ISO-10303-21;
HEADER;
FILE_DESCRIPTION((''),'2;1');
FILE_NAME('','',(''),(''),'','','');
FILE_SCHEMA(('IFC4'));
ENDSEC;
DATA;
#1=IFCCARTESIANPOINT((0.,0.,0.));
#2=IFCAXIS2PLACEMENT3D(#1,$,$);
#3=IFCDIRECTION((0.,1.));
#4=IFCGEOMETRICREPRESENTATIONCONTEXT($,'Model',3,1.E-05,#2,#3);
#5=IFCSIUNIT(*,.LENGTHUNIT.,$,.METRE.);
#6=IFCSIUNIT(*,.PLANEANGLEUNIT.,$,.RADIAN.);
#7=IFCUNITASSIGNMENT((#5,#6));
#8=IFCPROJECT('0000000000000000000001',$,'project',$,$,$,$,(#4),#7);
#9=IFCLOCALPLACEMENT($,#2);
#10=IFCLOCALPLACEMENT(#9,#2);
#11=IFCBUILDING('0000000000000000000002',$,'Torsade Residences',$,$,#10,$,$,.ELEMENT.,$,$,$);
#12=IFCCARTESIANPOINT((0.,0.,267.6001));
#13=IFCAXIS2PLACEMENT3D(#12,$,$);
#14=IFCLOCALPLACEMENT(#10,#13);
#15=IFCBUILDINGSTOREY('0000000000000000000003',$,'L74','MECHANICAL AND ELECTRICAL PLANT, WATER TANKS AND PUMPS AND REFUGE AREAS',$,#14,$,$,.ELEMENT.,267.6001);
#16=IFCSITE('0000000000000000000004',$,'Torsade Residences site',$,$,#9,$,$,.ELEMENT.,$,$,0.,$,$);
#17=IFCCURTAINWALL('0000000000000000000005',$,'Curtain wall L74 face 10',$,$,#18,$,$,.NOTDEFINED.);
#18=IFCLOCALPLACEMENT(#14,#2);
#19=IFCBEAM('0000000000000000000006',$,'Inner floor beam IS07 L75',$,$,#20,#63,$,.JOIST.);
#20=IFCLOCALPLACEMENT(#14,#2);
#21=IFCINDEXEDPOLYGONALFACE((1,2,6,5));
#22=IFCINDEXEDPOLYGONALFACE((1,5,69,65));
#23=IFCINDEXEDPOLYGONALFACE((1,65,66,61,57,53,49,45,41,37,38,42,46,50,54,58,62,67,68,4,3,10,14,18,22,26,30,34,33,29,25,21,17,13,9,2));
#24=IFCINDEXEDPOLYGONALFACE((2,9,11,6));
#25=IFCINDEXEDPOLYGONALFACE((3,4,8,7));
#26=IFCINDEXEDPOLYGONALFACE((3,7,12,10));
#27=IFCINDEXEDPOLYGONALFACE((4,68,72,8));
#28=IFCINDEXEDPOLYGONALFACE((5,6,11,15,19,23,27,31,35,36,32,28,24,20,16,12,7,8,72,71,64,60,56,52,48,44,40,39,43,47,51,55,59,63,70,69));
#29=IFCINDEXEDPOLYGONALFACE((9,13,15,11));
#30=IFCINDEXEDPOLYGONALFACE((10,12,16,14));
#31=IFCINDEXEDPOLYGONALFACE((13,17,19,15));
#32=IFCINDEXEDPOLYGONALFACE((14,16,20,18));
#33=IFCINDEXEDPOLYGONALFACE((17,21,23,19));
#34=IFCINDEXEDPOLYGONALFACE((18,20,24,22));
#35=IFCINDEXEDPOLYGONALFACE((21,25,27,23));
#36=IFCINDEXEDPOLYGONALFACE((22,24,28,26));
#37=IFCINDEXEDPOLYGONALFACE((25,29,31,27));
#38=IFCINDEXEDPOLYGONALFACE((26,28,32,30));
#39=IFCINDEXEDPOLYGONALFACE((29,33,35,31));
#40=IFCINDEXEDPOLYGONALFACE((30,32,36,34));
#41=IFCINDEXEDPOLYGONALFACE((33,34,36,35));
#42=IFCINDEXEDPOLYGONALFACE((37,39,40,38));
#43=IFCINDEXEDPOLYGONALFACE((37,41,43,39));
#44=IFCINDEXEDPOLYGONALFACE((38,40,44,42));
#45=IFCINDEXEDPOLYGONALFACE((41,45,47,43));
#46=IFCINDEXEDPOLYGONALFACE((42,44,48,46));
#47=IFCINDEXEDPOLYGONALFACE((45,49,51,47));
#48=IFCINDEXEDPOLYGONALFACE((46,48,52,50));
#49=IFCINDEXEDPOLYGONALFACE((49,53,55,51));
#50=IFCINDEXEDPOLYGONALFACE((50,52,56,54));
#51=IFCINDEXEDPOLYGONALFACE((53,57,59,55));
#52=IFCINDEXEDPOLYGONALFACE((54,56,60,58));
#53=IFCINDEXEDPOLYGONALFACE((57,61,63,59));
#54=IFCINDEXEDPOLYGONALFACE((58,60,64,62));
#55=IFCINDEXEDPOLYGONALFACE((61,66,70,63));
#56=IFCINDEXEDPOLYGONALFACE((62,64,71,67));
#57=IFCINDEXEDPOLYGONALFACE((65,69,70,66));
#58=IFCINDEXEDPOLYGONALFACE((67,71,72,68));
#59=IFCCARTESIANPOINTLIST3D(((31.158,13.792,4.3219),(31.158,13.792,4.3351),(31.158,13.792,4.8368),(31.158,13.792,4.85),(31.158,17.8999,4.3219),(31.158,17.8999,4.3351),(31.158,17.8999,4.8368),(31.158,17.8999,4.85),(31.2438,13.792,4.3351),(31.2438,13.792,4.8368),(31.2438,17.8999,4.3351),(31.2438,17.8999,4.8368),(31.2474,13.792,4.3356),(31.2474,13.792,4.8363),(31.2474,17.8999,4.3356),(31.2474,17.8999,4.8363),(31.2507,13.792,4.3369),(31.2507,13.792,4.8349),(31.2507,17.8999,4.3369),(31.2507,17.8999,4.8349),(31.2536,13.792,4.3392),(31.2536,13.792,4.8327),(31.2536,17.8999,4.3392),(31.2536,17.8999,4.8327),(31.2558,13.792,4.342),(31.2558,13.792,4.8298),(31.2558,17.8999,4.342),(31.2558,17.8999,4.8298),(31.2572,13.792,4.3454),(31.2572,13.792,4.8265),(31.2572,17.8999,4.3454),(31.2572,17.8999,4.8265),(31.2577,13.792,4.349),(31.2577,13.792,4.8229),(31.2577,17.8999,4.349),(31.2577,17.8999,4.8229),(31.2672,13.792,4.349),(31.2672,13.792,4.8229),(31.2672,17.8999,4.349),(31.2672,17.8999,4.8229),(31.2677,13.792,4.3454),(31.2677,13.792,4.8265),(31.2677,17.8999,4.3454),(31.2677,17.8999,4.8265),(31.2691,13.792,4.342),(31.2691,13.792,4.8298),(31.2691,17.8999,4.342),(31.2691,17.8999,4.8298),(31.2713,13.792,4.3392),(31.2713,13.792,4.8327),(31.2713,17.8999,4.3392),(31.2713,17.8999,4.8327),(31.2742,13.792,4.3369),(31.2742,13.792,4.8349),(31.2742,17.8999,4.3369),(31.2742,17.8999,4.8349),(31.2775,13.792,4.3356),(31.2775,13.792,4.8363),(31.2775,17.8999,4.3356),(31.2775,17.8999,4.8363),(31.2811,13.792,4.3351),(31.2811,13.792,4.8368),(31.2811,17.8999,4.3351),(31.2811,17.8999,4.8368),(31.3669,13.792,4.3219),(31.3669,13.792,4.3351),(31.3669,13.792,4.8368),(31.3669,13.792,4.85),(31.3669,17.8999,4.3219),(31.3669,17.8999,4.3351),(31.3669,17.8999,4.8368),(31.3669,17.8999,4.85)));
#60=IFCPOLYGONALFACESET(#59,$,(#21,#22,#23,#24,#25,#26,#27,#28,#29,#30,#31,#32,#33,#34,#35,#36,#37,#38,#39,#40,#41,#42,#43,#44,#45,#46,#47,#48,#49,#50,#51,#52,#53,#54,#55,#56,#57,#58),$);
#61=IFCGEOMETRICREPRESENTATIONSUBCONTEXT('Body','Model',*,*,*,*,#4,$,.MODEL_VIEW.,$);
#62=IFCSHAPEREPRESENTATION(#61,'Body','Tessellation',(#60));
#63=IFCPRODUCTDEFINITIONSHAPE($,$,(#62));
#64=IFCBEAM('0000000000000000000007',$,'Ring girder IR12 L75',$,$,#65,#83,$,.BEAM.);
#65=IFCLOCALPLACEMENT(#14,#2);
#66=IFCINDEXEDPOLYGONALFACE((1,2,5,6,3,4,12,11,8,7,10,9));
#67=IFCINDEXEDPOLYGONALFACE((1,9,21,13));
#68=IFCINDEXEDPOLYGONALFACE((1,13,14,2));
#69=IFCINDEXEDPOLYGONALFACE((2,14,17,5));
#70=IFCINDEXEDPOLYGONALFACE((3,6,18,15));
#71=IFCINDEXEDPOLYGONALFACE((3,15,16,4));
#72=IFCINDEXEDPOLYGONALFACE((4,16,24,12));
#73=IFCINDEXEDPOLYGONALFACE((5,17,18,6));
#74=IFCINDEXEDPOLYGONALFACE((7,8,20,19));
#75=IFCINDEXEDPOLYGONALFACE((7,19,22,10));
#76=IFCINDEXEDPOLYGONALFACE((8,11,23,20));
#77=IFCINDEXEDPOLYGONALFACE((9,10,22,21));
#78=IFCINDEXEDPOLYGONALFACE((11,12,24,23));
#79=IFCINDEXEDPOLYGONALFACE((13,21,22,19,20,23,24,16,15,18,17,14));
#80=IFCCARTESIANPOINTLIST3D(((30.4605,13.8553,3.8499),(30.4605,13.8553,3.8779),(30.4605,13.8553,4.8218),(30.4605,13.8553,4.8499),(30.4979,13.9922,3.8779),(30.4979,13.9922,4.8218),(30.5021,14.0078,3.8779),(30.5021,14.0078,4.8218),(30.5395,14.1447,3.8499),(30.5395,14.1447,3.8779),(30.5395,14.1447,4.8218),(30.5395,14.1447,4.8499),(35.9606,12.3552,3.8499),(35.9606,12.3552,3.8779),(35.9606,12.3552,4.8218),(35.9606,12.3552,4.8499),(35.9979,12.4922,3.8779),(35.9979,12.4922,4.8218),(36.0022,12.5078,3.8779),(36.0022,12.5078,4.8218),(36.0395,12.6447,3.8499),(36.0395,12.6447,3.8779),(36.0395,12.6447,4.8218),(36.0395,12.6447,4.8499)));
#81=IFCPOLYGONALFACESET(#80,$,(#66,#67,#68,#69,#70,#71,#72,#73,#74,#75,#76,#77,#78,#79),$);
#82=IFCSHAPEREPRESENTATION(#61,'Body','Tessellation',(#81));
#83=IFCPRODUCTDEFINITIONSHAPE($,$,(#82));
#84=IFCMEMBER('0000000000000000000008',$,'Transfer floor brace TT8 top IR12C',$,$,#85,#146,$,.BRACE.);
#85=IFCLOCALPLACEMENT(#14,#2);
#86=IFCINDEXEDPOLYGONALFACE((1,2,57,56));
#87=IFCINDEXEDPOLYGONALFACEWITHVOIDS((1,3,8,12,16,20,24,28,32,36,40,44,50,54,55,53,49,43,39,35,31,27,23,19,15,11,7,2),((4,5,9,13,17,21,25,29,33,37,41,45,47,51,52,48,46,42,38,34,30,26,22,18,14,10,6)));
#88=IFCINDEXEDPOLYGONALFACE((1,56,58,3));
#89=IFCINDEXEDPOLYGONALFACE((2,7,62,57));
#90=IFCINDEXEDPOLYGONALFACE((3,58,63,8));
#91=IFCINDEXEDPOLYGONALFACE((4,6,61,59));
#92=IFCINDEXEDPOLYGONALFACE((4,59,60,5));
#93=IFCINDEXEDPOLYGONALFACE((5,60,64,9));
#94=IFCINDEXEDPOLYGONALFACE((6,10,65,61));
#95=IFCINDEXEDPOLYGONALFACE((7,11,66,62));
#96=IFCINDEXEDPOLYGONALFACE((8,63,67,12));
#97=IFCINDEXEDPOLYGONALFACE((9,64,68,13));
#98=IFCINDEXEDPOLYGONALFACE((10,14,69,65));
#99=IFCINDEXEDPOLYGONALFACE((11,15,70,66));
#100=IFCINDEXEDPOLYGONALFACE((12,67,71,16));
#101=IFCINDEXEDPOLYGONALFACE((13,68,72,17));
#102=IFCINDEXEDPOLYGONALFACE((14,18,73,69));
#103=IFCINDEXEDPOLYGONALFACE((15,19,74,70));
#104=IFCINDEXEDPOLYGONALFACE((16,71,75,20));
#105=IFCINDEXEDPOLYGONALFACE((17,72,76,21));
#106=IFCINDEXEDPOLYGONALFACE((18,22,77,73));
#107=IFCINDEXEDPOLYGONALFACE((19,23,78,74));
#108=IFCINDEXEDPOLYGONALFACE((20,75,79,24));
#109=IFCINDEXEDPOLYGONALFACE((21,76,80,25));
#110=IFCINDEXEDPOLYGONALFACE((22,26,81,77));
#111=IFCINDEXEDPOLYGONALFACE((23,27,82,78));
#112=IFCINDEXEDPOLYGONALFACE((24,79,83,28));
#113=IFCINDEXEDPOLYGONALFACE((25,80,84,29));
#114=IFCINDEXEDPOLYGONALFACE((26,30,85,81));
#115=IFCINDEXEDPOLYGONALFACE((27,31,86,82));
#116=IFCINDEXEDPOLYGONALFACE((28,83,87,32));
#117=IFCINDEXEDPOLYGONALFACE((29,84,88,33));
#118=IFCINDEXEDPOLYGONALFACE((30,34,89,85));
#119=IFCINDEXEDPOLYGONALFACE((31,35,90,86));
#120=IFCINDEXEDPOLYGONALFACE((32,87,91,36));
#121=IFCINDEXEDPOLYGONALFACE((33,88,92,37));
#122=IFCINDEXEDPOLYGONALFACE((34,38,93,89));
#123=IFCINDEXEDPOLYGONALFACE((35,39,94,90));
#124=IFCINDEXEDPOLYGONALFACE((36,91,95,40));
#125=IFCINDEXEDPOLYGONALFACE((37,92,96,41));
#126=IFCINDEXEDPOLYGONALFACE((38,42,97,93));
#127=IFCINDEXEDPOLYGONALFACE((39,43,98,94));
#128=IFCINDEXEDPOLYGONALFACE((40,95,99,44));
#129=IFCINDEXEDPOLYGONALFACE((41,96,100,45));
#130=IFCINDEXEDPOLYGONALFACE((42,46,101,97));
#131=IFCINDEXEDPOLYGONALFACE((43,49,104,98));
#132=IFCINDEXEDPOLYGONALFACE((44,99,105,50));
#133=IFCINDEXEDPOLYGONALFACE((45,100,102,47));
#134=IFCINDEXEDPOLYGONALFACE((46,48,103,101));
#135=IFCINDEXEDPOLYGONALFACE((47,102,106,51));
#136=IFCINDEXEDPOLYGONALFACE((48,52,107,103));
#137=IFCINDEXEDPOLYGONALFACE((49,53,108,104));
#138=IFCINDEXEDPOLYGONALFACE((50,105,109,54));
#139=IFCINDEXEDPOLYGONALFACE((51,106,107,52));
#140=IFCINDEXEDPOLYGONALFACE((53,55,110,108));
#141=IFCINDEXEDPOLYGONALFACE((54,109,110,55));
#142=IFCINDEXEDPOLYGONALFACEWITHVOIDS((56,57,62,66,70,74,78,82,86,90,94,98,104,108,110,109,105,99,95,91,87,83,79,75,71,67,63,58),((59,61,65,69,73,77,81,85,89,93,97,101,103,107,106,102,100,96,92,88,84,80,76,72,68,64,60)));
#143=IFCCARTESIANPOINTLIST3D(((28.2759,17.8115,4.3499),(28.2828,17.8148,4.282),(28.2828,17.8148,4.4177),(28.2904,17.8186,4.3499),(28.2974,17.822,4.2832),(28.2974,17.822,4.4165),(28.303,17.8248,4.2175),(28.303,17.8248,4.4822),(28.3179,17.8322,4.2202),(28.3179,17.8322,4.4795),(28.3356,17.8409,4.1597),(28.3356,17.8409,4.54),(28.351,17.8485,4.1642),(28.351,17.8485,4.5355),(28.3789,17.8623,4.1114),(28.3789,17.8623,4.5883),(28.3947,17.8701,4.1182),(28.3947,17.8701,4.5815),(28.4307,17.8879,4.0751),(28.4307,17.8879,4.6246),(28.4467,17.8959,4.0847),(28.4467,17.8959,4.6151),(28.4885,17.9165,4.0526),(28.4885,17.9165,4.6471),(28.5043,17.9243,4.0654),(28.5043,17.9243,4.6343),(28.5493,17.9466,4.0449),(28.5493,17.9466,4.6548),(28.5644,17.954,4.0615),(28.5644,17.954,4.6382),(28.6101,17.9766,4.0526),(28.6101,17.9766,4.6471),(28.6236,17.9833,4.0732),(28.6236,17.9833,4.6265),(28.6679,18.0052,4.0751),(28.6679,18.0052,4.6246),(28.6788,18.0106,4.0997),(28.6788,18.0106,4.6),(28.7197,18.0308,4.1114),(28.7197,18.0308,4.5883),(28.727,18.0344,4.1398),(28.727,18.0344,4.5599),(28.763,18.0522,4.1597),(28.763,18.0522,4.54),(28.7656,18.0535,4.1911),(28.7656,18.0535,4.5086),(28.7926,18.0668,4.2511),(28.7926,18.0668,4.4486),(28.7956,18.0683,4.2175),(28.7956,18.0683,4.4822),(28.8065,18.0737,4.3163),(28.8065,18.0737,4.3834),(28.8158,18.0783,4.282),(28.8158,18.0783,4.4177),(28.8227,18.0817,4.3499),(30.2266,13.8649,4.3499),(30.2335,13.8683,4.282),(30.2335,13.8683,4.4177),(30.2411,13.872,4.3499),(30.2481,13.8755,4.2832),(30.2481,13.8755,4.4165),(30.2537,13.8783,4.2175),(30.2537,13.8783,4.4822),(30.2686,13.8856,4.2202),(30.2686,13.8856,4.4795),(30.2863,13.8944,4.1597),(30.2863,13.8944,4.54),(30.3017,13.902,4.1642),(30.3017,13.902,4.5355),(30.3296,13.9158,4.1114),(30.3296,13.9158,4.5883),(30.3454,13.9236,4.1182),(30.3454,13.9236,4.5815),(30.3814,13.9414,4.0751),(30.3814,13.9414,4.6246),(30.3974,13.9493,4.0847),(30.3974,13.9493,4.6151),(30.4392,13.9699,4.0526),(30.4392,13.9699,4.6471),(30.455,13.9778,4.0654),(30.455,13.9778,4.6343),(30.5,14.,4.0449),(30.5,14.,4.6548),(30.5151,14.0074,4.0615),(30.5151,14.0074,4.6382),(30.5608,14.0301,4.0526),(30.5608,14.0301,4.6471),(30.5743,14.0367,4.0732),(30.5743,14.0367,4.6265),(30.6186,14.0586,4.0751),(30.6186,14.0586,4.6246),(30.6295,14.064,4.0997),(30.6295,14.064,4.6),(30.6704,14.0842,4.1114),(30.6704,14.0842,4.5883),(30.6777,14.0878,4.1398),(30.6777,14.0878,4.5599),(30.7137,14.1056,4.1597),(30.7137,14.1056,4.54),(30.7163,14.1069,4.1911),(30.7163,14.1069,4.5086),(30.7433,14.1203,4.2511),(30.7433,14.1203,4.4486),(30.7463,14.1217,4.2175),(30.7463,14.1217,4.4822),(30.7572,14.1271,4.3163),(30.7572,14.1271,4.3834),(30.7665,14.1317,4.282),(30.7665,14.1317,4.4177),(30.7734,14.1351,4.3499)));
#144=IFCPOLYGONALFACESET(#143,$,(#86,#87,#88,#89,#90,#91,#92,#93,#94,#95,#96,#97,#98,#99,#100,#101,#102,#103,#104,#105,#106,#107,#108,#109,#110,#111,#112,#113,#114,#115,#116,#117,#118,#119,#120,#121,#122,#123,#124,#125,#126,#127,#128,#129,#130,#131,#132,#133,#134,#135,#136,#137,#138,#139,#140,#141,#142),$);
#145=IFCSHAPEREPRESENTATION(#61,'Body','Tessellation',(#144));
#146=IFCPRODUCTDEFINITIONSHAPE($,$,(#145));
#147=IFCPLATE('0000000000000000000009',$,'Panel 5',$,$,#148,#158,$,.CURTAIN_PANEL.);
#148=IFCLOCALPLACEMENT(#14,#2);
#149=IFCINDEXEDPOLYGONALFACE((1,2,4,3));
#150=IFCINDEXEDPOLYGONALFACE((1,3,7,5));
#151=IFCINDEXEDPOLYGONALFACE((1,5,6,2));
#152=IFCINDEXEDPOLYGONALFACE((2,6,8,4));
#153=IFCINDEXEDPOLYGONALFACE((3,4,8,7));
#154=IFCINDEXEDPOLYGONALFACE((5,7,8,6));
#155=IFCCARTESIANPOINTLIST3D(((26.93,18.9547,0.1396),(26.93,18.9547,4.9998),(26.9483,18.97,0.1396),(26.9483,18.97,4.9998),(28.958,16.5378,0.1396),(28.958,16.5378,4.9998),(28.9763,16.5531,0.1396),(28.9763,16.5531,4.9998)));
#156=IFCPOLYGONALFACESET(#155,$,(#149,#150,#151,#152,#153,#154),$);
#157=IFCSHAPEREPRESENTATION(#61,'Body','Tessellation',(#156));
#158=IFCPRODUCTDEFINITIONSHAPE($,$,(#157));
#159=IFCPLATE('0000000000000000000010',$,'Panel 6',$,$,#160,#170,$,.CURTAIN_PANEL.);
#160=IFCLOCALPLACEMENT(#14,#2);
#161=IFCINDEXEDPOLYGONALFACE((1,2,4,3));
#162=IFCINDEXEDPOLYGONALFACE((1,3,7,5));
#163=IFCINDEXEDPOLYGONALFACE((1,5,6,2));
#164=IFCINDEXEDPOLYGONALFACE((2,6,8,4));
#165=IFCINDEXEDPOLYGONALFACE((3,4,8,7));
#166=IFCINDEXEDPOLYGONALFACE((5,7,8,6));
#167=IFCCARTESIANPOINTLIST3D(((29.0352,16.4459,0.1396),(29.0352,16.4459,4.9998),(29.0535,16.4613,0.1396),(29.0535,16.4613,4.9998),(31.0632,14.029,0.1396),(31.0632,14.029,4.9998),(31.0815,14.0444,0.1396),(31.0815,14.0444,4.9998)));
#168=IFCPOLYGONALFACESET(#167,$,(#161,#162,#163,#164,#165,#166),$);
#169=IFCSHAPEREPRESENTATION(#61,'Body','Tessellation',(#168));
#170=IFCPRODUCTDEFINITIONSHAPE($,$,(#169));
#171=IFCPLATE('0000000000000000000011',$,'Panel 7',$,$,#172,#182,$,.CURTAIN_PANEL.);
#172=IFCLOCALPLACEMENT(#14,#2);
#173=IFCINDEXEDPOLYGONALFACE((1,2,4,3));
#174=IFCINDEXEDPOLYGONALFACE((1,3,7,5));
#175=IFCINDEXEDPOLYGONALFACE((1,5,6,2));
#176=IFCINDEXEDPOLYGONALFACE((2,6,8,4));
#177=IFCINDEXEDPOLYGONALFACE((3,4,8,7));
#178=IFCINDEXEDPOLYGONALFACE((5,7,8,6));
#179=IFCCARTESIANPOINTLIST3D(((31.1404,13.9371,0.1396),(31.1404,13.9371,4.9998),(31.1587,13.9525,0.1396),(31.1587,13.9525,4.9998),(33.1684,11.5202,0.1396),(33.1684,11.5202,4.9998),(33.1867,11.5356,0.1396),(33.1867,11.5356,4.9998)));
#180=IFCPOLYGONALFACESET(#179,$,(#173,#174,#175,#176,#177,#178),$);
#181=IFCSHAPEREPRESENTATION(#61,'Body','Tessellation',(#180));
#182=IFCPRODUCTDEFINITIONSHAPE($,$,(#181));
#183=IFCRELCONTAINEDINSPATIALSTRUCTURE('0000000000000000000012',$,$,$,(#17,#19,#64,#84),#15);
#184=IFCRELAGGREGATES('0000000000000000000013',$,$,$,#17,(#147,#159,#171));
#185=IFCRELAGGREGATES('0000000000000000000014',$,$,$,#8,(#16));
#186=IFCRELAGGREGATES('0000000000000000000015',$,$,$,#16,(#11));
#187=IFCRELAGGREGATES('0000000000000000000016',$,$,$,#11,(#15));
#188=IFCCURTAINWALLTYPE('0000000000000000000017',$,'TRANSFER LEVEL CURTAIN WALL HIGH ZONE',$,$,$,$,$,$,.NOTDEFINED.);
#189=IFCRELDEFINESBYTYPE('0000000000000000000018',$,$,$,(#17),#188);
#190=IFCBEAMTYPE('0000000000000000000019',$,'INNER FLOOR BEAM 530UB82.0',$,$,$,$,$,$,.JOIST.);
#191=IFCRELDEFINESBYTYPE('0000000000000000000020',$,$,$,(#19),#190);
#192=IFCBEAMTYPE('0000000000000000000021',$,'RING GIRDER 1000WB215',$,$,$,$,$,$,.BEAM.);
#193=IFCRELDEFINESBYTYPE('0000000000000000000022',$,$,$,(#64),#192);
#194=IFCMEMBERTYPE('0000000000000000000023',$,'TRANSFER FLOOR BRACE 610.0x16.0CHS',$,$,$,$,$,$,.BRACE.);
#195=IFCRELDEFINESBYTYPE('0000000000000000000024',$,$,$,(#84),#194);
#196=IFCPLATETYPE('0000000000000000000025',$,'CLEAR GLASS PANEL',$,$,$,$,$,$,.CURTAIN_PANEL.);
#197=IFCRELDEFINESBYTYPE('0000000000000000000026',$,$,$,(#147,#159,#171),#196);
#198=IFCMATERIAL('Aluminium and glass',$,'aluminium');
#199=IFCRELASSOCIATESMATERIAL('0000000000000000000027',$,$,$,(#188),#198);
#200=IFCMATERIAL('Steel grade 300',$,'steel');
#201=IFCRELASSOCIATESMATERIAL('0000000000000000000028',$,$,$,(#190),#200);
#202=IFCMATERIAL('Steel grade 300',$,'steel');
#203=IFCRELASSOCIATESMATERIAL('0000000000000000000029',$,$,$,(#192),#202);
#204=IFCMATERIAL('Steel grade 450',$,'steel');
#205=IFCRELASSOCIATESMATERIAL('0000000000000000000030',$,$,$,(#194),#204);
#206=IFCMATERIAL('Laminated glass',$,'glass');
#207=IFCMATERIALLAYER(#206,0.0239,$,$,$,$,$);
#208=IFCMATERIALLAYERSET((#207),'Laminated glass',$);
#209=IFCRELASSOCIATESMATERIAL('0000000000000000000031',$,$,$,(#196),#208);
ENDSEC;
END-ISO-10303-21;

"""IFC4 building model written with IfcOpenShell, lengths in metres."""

from ifc_helpers import new_model, si_unit, direction, frame, origin, origin_2d, place, context, subcontext, project, spatial, rectangle, hollow_circle, i_section, extrude, material, layer, layer_set, material_profile, profile_set, type_object, element, aggregate, save


model = new_model("IFC4")

# Units and contexts
model_context = context("Model", 3, precision=1e-05, world=origin(), true_north=direction((0.0, 1.0)))
body_context = subcontext(model_context, "Body", "Model", "MODEL_VIEW")
ifc_project = project(units=[si_unit("LENGTHUNIT", "METRE"), si_unit("PLANEANGLEUNIT", "RADIAN")], contexts=[model_context])

# Site, building, storey
site_placement = place(None, origin())
site = spatial("IfcSite", under=ifc_project, at=site_placement, Name="Torsade Residences site", CompositionType="ELEMENT", RefElevation=0.0)
building_placement = place(site_placement, origin())
building = spatial("IfcBuilding", under=site, at=building_placement, Name="Torsade Residences", CompositionType="ELEMENT")
storey_placement = place(building_placement, frame((0.0, 0.0, 267.6001)))
storey = spatial("IfcBuildingStorey", under=building, at=storey_placement, Name="L74", Description="MECHANICAL AND ELECTRICAL PLANT, WATER TANKS AND PUMPS AND REFUGE AREAS", CompositionType="ELEMENT", Elevation=267.6001)

# Curtain wall
ifc_material_1 = material(Name="Aluminium and glass", Category="aluminium")
curtain_wall_type = type_object("IfcCurtainWallType", Name="TRANSFER LEVEL CURTAIN WALL HIGH ZONE", PredefinedType="NOTDEFINED", material=ifc_material_1)
curtain_wall_placement = place(storey_placement, origin())
curtain_wall = element("IfcCurtainWall", 1, at=curtain_wall_placement, inside=storey, type_object=curtain_wall_type, Name="Curtain wall L74 face 10", PredefinedType="NOTDEFINED")

# Beams
ifc_material_2 = material(Name="Steel grade 300", Category="steel")
ifc_material_profile_1 = material_profile(ifc_material_2, i_section(OverallWidth=0.209, OverallDepth=0.5281, WebThickness=0.0095, FlangeThickness=0.0132, FilletRadius=0.0139, at=origin_2d()), Name="530UB82.0")
ifc_profile_set_1 = profile_set([ifc_material_profile_1], Name="Steel grade 300")
beam_type_1 = type_object("IfcBeamType", Name="INNER FLOOR BEAM 530UB82.0", PredefinedType="JOIST", material=ifc_profile_set_1)
beam_1_placement = place(storey_placement, frame((31.2625, 17.8999, 4.5859), z_axis=(0.0, -1.0, 0.0), x_axis=(1.0, 0.0, 0.0)))
element("IfcBeam", 2, at=beam_1_placement, inside=storey, type_object=beam_type_1, Name="Inner floor beam IS07 L75", PredefinedType="JOIST", context=body_context, shape_type="SweptSolid", body=[
    extrude(i_section(OverallWidth=0.209, OverallDepth=0.5281, WebThickness=0.0095, FlangeThickness=0.0132, FilletRadius=0.0139, at=origin_2d()), origin(), (0.0, 0.0, 1.0), 4.1079),
])
ifc_material_3 = material(Name="Steel grade 300", Category="steel")
ifc_material_profile_2 = material_profile(ifc_material_3, i_section(OverallWidth=0.3, OverallDepth=1.0, WebThickness=0.0161, FlangeThickness=0.0281, at=origin_2d()), Name="1000WB215")
ifc_profile_set_2 = profile_set([ifc_material_profile_2], Name="Steel grade 300")
beam_type_2 = type_object("IfcBeamType", Name="RING GIRDER 1000WB215", PredefinedType="BEAM", material=ifc_profile_set_2)
beam_2_placement = place(storey_placement, frame((30.5, 14.0, 4.3499), z_axis=(0.964764, -0.263117, 0.0), x_axis=(0.263117, 0.964764, 0.0)))
element("IfcBeam", 3, at=beam_2_placement, inside=storey, type_object=beam_type_2, Name="Ring girder IR12 L75", PredefinedType="BEAM", context=body_context, shape_type="SweptSolid", body=[
    extrude(i_section(OverallWidth=0.3, OverallDepth=1.0, WebThickness=0.0161, FlangeThickness=0.0281, at=origin_2d()), origin(), (0.0, 0.0, 1.0), 5.7009),
])

# Member
ifc_material_4 = material(Name="Steel grade 450", Category="steel")
ifc_material_profile_3 = material_profile(ifc_material_4, hollow_circle(Radius=0.3049, WallThickness=0.0161, at=origin_2d()), Name="610.0x16.0CHS")
ifc_profile_set_3 = profile_set([ifc_material_profile_3], Name="Steel grade 450")
member_type_1 = type_object("IfcMemberType", Name="TRANSFER FLOOR BRACE 610.0x16.0CHS", PredefinedType="BRACE", material=ifc_profile_set_3)
member_1_placement = place(storey_placement, frame((30.5, 14.0, 4.3499), z_axis=(-0.443105, 0.89647, 0.0), x_axis=(-0.89647, -0.443105, 0.0)))
element("IfcMember", 4, at=member_1_placement, inside=storey, type_object=member_type_1, Name="Transfer floor brace TT8 top IR12C", PredefinedType="BRACE", context=body_context, shape_type="SweptSolid", body=[
    extrude(hollow_circle(Radius=0.3049, WallThickness=0.0161, at=origin_2d()), origin(), (0.0, 0.0, 1.0), 4.4023),
])

# Plates
ifc_material_5 = material(Name="Laminated glass", Category="glass")
ifc_layer_1 = layer(ifc_material_5, 0.0239)
ifc_layer_set_1 = layer_set([ifc_layer_1], Name="Laminated glass")
plate_type = type_object("IfcPlateType", Name="CLEAR GLASS PANEL", PredefinedType="CURTAIN_PANEL", material=ifc_layer_set_1)
plate_1_placement = place(storey_placement, frame((27.9531, 17.7539, 0.1396), z_axis=(0.0, 0.0, 1.0), x_axis=(0.642788, -0.766044, 0.0)))
plate_1 = element("IfcPlate", 5, at=plate_1_placement, type_object=plate_type, Name="Panel 5", PredefinedType="CURTAIN_PANEL", context=body_context, shape_type="SweptSolid", body=[
    extrude(rectangle(XDim=3.155, YDim=0.0239, at=origin_2d()), origin(), (0.0, 0.0, 1.0), 4.8601),
])
plate_2_placement = place(storey_placement, frame((30.0583, 15.2451, 0.1396), z_axis=(0.0, 0.0, 1.0), x_axis=(0.642788, -0.766044, 0.0)))
plate_2 = element("IfcPlate", 6, at=plate_2_placement, type_object=plate_type, Name="Panel 6", PredefinedType="CURTAIN_PANEL", context=body_context, shape_type="SweptSolid", body=[
    extrude(rectangle(XDim=3.155, YDim=0.0239, at=origin_2d()), origin(), (0.0, 0.0, 1.0), 4.8601),
])
plate_3_placement = place(storey_placement, frame((32.1636, 12.7363, 0.1396), z_axis=(0.0, 0.0, 1.0), x_axis=(0.642788, -0.766044, 0.0)))
plate_3 = element("IfcPlate", 7, at=plate_3_placement, type_object=plate_type, Name="Panel 7", PredefinedType="CURTAIN_PANEL", context=body_context, shape_type="SweptSolid", body=[
    extrude(rectangle(XDim=3.155, YDim=0.0239, at=origin_2d()), origin(), (0.0, 0.0, 1.0), 4.8601),
])
aggregate(curtain_wall, [plate_1, plate_2, plate_3])

save(model, "model.ifc")
